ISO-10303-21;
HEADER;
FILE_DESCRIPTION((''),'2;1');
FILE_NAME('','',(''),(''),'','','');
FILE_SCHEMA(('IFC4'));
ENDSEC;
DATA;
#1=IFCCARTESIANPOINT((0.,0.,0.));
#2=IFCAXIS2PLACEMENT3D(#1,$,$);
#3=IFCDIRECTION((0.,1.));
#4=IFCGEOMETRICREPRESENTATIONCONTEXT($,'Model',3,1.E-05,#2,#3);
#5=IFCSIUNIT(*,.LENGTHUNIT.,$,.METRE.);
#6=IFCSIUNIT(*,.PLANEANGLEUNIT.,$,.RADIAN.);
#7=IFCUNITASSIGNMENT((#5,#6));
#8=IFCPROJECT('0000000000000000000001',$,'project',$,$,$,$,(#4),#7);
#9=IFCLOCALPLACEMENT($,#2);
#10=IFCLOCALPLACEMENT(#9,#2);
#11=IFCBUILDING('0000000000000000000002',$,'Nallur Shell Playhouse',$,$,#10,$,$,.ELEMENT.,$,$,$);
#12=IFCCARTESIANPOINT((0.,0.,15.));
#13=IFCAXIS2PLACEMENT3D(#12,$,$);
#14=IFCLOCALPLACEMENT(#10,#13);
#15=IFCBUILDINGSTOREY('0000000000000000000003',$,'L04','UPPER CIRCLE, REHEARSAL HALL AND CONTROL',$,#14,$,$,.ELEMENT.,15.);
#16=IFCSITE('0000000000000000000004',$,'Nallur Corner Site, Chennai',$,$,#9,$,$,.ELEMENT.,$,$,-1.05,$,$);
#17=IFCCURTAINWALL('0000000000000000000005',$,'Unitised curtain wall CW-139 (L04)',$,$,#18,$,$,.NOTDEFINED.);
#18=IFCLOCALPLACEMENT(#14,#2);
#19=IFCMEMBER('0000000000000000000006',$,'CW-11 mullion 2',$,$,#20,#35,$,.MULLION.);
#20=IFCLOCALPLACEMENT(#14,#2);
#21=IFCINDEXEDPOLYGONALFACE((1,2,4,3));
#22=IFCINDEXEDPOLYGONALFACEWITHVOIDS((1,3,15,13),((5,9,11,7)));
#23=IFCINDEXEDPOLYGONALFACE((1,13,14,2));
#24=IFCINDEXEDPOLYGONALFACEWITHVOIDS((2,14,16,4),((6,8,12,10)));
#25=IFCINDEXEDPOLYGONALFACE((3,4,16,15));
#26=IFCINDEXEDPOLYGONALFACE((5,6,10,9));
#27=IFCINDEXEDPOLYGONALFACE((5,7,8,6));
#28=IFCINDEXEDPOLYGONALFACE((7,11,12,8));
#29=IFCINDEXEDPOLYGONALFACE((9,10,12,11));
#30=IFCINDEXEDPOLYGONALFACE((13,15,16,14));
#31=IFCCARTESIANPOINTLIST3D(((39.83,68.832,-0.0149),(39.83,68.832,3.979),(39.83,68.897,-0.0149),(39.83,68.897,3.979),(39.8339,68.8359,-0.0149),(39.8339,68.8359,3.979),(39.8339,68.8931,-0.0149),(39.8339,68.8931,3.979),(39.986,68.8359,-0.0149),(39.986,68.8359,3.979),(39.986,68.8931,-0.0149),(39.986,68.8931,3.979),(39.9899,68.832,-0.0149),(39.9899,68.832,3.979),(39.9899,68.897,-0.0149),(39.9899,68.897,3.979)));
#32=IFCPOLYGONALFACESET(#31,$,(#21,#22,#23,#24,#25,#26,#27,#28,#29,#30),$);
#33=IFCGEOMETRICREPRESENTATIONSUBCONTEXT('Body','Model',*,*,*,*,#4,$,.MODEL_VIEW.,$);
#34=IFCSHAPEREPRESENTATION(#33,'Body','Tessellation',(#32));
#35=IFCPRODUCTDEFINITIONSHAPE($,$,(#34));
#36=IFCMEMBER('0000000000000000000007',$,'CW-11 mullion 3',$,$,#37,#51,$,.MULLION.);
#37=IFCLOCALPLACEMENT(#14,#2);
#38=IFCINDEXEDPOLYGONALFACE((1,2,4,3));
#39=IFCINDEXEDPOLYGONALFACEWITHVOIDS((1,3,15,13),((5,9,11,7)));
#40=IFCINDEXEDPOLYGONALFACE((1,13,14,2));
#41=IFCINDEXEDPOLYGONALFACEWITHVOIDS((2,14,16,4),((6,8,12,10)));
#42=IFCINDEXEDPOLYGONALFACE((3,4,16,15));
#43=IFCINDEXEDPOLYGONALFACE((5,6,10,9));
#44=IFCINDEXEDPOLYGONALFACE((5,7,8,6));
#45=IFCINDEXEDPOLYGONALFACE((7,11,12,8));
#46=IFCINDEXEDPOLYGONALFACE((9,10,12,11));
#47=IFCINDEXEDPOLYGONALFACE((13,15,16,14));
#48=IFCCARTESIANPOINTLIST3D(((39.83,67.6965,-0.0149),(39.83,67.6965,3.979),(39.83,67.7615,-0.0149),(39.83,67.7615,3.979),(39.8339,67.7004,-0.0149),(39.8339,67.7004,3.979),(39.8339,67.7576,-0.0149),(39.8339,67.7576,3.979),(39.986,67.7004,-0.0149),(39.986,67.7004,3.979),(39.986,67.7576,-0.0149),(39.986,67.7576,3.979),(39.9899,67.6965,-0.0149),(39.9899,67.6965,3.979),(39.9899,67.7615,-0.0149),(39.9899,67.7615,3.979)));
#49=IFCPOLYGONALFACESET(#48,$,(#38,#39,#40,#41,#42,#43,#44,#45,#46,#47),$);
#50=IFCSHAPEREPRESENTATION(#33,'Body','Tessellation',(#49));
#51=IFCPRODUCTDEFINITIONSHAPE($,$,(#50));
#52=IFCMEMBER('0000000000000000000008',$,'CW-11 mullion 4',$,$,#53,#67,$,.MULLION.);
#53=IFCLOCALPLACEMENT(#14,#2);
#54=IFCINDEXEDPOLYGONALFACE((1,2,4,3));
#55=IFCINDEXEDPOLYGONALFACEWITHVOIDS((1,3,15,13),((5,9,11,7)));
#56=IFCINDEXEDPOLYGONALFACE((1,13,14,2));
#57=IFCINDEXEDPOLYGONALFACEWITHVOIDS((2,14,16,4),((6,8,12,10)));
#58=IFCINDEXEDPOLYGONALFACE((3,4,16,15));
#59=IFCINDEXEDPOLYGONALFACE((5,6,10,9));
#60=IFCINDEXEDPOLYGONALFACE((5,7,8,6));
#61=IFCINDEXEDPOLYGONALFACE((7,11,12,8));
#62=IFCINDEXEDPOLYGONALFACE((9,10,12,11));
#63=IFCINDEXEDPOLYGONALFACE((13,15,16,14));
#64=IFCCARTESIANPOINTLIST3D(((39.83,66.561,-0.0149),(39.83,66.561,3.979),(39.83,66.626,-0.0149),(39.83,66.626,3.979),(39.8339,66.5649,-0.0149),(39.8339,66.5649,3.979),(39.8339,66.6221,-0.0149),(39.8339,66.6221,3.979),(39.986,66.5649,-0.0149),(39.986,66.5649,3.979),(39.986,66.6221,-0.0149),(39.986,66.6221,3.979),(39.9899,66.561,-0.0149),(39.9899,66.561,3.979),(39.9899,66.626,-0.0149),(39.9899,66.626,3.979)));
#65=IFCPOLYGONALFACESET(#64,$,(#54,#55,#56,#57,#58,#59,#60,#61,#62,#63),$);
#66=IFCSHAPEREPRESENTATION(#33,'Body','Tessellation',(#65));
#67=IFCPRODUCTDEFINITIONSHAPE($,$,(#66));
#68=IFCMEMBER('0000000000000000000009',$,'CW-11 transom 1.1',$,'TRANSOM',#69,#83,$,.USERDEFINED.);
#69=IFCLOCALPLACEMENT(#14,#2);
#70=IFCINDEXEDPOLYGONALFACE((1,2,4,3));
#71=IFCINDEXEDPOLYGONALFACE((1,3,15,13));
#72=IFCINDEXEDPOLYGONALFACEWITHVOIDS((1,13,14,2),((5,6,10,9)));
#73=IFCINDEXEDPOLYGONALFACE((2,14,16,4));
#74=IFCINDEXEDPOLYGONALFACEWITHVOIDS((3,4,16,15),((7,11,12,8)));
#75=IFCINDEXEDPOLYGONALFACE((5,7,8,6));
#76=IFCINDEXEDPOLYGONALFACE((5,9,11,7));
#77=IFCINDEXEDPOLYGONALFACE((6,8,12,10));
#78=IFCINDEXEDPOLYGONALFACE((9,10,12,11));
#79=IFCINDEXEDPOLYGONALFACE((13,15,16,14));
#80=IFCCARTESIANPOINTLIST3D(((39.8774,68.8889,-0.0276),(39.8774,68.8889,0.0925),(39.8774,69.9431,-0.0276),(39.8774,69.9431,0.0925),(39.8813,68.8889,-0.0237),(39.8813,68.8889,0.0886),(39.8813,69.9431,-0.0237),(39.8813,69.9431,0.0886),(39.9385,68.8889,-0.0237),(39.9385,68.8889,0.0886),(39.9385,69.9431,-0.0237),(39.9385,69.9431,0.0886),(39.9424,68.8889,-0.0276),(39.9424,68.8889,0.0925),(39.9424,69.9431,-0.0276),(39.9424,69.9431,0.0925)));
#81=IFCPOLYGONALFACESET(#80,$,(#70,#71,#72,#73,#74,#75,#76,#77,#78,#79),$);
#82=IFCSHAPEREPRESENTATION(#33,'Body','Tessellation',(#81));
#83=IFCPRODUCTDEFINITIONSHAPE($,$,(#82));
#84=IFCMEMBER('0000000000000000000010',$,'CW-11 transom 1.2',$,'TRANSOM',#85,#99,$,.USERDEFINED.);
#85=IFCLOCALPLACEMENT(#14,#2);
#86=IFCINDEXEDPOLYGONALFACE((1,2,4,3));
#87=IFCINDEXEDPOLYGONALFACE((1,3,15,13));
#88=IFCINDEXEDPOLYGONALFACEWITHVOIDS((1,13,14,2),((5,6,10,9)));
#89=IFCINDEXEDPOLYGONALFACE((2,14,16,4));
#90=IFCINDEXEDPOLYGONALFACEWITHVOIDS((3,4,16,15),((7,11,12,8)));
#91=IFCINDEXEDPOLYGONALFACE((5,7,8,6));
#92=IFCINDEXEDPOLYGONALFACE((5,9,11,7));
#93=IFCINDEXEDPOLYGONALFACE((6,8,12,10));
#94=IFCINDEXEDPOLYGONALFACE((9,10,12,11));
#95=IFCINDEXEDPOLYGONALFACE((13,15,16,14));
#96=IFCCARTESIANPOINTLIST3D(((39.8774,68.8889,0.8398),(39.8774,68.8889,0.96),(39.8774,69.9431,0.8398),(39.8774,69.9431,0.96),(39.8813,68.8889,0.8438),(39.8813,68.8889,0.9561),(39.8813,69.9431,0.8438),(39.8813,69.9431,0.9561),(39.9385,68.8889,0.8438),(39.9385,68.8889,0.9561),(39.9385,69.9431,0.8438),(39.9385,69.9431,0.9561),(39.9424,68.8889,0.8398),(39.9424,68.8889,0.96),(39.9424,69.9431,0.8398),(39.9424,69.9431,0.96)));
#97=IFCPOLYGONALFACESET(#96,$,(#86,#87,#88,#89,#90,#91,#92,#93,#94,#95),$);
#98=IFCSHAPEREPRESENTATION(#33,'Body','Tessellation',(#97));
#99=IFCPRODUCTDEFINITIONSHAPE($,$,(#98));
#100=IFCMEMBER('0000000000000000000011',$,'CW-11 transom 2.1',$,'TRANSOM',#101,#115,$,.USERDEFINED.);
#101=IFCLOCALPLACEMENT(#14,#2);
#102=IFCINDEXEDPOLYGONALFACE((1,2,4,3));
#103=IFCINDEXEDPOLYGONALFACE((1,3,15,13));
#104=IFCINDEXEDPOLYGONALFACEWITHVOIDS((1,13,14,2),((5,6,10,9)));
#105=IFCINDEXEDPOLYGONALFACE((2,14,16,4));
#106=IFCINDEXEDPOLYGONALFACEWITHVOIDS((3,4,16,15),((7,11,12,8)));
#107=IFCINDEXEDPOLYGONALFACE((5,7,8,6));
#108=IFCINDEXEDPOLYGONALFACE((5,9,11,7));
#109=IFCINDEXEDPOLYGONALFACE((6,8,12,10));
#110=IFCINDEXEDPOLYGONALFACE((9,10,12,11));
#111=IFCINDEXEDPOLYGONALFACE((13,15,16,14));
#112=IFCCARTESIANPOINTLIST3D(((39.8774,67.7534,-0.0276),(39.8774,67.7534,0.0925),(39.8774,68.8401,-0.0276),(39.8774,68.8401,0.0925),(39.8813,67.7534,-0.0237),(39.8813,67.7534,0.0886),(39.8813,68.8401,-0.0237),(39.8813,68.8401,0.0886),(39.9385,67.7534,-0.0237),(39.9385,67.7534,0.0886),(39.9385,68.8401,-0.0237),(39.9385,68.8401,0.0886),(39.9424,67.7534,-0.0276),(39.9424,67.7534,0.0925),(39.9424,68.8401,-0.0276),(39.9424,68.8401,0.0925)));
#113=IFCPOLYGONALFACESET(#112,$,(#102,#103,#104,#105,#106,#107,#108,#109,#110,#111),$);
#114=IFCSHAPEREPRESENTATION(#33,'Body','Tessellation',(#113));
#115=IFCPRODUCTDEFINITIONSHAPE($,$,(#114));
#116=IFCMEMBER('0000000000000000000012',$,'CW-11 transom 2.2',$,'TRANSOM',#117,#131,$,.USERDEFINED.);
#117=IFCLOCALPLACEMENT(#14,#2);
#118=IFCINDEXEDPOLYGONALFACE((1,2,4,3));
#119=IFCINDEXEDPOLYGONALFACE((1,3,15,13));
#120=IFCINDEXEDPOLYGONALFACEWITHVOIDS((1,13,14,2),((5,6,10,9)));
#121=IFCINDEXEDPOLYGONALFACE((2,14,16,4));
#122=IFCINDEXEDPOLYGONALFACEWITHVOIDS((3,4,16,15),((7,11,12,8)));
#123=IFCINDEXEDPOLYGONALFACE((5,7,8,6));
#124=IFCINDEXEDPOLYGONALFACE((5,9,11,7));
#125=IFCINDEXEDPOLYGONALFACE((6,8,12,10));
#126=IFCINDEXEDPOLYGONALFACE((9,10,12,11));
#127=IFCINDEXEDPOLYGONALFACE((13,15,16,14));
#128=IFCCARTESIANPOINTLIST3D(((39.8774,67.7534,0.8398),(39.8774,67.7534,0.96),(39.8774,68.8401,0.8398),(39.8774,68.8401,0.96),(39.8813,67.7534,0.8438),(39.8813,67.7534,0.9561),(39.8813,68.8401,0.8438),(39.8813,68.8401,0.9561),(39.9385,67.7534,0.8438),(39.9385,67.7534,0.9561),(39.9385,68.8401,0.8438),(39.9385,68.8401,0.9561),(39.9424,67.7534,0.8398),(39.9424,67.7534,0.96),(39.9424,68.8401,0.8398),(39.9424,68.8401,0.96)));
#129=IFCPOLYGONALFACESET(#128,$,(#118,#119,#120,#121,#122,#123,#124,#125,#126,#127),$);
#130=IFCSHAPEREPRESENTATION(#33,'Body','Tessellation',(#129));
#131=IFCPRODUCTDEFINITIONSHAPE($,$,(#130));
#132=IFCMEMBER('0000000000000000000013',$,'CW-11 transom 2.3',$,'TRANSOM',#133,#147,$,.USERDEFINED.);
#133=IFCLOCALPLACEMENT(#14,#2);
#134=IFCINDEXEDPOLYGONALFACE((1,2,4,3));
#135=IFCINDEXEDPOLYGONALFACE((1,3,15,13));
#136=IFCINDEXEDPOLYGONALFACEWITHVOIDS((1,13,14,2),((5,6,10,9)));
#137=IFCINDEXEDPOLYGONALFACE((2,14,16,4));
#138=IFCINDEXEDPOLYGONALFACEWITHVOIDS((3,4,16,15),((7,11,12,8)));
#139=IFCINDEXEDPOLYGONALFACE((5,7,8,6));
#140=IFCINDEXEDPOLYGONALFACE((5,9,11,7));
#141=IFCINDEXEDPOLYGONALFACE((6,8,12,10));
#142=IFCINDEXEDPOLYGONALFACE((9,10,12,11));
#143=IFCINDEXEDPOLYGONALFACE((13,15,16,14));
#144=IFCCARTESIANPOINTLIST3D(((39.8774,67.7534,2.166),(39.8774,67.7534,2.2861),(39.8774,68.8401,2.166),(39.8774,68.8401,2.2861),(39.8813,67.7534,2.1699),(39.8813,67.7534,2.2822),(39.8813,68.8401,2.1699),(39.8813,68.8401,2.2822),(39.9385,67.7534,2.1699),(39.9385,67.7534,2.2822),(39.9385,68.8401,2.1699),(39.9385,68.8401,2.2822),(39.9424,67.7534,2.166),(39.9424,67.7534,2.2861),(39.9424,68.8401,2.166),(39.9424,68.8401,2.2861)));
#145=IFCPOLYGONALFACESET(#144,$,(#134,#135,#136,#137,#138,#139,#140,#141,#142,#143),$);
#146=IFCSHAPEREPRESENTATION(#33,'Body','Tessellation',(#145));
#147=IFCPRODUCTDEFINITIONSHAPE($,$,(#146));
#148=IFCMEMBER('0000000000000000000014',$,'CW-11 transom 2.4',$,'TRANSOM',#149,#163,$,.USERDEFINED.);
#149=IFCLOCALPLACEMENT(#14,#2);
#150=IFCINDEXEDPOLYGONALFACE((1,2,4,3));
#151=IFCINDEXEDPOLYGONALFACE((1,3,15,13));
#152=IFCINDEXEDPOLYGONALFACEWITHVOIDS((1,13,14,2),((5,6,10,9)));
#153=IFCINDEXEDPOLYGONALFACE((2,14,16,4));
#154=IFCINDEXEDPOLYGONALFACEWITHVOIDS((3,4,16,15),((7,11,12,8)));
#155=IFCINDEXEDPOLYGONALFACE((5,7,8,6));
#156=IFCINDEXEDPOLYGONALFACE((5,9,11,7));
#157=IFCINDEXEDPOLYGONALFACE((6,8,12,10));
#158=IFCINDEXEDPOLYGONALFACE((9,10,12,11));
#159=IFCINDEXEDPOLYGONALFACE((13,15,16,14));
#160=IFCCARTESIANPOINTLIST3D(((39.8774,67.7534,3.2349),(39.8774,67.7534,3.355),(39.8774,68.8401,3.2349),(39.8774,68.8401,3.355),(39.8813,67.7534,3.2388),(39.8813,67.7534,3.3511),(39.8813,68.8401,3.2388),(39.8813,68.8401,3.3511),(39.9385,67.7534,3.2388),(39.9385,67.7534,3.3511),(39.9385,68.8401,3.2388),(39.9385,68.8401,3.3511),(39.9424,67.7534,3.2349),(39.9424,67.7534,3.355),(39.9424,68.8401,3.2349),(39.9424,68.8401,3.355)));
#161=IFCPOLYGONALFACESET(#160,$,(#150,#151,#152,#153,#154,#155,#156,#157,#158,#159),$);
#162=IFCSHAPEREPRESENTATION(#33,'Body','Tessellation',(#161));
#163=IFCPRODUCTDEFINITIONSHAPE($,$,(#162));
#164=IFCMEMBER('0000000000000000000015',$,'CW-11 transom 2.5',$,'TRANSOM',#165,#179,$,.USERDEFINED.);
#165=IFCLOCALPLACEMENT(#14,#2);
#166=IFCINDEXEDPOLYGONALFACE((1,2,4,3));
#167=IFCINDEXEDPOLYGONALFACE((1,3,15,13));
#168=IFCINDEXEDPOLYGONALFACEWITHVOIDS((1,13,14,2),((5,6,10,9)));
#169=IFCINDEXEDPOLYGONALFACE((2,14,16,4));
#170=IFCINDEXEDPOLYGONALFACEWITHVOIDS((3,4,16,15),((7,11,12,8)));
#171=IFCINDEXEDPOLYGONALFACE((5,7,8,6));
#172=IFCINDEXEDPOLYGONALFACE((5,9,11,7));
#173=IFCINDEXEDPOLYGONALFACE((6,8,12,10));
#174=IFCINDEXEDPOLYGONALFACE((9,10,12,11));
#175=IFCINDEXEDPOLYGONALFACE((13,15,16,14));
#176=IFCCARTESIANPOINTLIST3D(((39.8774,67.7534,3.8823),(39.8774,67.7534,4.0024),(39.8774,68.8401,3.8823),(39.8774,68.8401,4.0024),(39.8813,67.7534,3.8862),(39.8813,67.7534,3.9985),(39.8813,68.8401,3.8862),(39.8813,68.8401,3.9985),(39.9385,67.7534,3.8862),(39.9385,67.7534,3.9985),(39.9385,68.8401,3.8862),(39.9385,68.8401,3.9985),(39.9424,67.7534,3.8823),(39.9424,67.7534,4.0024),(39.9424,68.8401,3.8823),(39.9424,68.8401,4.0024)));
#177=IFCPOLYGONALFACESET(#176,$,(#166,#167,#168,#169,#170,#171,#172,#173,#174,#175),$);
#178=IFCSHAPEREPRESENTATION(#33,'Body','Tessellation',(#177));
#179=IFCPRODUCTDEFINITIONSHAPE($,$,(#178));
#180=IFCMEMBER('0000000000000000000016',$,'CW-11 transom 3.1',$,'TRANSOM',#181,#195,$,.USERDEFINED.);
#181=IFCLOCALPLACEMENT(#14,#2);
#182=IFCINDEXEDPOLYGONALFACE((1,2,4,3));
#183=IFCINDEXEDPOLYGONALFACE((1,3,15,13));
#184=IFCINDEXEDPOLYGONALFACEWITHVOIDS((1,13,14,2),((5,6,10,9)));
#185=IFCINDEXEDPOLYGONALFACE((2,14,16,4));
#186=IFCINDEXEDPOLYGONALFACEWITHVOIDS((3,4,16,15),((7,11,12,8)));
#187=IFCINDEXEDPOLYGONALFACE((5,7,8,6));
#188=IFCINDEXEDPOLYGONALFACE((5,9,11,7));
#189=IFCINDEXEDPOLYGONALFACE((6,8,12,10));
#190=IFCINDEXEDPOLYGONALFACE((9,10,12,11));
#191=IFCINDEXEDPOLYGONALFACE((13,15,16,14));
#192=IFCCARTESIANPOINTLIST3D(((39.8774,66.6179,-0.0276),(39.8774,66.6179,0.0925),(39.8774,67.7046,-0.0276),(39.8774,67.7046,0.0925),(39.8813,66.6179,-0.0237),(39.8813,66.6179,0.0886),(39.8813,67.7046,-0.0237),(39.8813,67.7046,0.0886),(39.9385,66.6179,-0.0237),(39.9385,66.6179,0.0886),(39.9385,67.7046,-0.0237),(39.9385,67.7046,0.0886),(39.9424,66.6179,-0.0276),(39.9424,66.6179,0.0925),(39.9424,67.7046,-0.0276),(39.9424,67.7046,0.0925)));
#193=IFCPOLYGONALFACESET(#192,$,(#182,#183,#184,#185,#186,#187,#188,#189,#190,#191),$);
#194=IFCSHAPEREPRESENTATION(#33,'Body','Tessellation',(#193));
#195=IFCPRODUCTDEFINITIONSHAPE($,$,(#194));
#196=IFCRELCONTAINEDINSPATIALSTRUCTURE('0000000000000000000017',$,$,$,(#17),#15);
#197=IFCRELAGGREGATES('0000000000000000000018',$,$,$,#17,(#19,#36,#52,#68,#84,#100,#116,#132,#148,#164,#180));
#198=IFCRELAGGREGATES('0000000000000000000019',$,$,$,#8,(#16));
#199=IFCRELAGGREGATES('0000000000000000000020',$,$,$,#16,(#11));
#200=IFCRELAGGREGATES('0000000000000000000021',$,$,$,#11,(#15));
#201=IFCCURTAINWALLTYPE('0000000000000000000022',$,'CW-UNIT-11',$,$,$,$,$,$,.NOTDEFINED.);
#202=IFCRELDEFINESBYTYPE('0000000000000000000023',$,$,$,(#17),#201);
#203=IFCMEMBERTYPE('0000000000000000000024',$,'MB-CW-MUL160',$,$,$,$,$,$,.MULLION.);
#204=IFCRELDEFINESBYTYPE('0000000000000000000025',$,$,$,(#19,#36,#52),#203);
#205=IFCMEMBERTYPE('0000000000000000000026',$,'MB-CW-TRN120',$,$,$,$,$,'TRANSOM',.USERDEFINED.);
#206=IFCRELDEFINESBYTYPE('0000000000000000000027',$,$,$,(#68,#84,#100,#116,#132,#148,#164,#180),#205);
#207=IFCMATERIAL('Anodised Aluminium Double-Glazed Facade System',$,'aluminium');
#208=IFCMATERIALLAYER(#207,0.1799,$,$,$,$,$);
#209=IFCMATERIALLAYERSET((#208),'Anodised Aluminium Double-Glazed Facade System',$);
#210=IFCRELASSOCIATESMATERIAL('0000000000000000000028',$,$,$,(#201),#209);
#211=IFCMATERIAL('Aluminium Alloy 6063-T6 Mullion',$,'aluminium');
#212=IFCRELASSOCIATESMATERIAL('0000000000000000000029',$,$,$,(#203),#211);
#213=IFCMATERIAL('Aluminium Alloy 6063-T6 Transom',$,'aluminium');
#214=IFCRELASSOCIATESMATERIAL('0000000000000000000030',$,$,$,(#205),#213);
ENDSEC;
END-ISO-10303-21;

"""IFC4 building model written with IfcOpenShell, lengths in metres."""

from ifc_helpers import new_model, si_unit, direction, frame, origin, origin_2d, place, context, subcontext, project, spatial, hollow_rectangle, extrude, material, layer, layer_set, material_profile, profile_set, type_object, element, aggregate, save


model = new_model("IFC4")

# Units and contexts
model_context = context("Model", 3, precision=1e-05, world=origin(), true_north=direction((0.0, 1.0)))
body_context = subcontext(model_context, "Body", "Model", "MODEL_VIEW")
ifc_project = project(units=[si_unit("LENGTHUNIT", "METRE"), si_unit("PLANEANGLEUNIT", "RADIAN")], contexts=[model_context])

# Site, building, storey
site_placement = place(None, origin())
site = spatial("IfcSite", under=ifc_project, at=site_placement, Name="Nallur Corner Site, Chennai", CompositionType="ELEMENT", RefElevation=-1.05)
building_placement = place(site_placement, origin())
building = spatial("IfcBuilding", under=site, at=building_placement, Name="Nallur Shell Playhouse", CompositionType="ELEMENT")
storey_placement = place(building_placement, frame((0.0, 0.0, 15.0)))
storey = spatial("IfcBuildingStorey", under=building, at=storey_placement, Name="L04", Description="UPPER CIRCLE, REHEARSAL HALL AND CONTROL", CompositionType="ELEMENT", Elevation=15.0)

# Curtain wall, members
ifc_material_1 = material(Name="Anodised Aluminium Double-Glazed Facade System", Category="aluminium")
ifc_layer_1 = layer(ifc_material_1, 0.1799)
ifc_layer_set_1 = layer_set([ifc_layer_1], Name="Anodised Aluminium Double-Glazed Facade System")
curtain_wall_type = type_object("IfcCurtainWallType", Name="CW-UNIT-11", PredefinedType="NOTDEFINED", material=ifc_layer_set_1)
curtain_wall_placement = place(storey_placement, origin())
curtain_wall = element("IfcCurtainWall", 1, at=curtain_wall_placement, inside=storey, type_object=curtain_wall_type, Name="Unitised curtain wall CW-139 (L04)", PredefinedType="NOTDEFINED")
ifc_material_2 = material(Name="Aluminium Alloy 6063-T6 Mullion", Category="aluminium")
ifc_material_profile_1 = material_profile(ifc_material_2, hollow_rectangle(XDim=0.0649, YDim=0.1599, WallThickness=0.0039, at=origin_2d()), Name="ALU 65x160x4")
ifc_profile_set_1 = profile_set([ifc_material_profile_1], Name="Aluminium Alloy 6063-T6 Mullion")
member_type_1 = type_object("IfcMemberType", Name="MB-CW-MUL160", PredefinedType="MULLION", material=ifc_profile_set_1)
member_1_placement = place(storey_placement, frame((39.9099, 68.8645, -0.0149), z_axis=(0.0, 0.0, 1.0), x_axis=(0.0, -1.0, 0.0)))
member_1 = element("IfcMember", 2, at=member_1_placement, type_object=member_type_1, Name="CW-11 mullion 2", PredefinedType="MULLION", context=body_context, shape_type="SweptSolid", body=[
    extrude(hollow_rectangle(XDim=0.0649, YDim=0.1599, WallThickness=0.0039, at=origin_2d()), origin(), (0.0, 0.0, 1.0), 3.9939),
])
member_2_placement = place(storey_placement, frame((39.9099, 67.729, -0.0149), z_axis=(0.0, 0.0, 1.0), x_axis=(0.0, -1.0, 0.0)))
member_2 = element("IfcMember", 3, at=member_2_placement, type_object=member_type_1, Name="CW-11 mullion 3", PredefinedType="MULLION", context=body_context, shape_type="SweptSolid", body=[
    extrude(hollow_rectangle(XDim=0.0649, YDim=0.1599, WallThickness=0.0039, at=origin_2d()), origin(), (0.0, 0.0, 1.0), 3.9939),
])
member_3_placement = place(storey_placement, frame((39.9099, 66.5935, -0.0149), z_axis=(0.0, 0.0, 1.0), x_axis=(0.0, -1.0, 0.0)))
member_3 = element("IfcMember", 4, at=member_3_placement, type_object=member_type_1, Name="CW-11 mullion 4", PredefinedType="MULLION", context=body_context, shape_type="SweptSolid", body=[
    extrude(hollow_rectangle(XDim=0.0649, YDim=0.1599, WallThickness=0.0039, at=origin_2d()), origin(), (0.0, 0.0, 1.0), 3.9939),
])
ifc_material_3 = material(Name="Aluminium Alloy 6063-T6 Transom", Category="aluminium")
ifc_material_profile_2 = material_profile(ifc_material_3, hollow_rectangle(XDim=0.0649, YDim=0.1201, WallThickness=0.0039, at=origin_2d()), Name="ALU 65x120x4")
ifc_profile_set_2 = profile_set([ifc_material_profile_2], Name="Aluminium Alloy 6063-T6 Transom")
member_type_2 = type_object("IfcMemberType", Name="MB-CW-TRN120", ElementType="TRANSOM", PredefinedType="USERDEFINED", material=ifc_profile_set_2)
member_4_placement = place(storey_placement, frame((39.9099, 69.9431, 0.0325), z_axis=(0.0, -1.0, 0.0), x_axis=(1.0, 0.0, 0.0)))
member_4 = element("IfcMember", 5, at=member_4_placement, type_object=member_type_2, Name="CW-11 transom 1.1", ObjectType="TRANSOM", PredefinedType="USERDEFINED", context=body_context, shape_type="SweptSolid", body=[
    extrude(hollow_rectangle(XDim=0.0649, YDim=0.1201, WallThickness=0.0039, at=origin_2d()), origin(), (0.0, 0.0, 1.0), 1.0542),
])
member_5_placement = place(storey_placement, frame((39.9099, 69.9431, 0.8999), z_axis=(0.0, -1.0, 0.0), x_axis=(1.0, 0.0, 0.0)))
member_5 = element("IfcMember", 6, at=member_5_placement, type_object=member_type_2, Name="CW-11 transom 1.2", ObjectType="TRANSOM", PredefinedType="USERDEFINED", context=body_context, shape_type="SweptSolid", body=[
    extrude(hollow_rectangle(XDim=0.0649, YDim=0.1201, WallThickness=0.0039, at=origin_2d()), origin(), (0.0, 0.0, 1.0), 1.0542),
])
member_6_placement = place(storey_placement, frame((39.9099, 68.8401, 0.0325), z_axis=(0.0, -1.0, 0.0), x_axis=(1.0, 0.0, 0.0)))
member_6 = element("IfcMember", 7, at=member_6_placement, type_object=member_type_2, Name="CW-11 transom 2.1", ObjectType="TRANSOM", PredefinedType="USERDEFINED", context=body_context, shape_type="SweptSolid", body=[
    extrude(hollow_rectangle(XDim=0.0649, YDim=0.1201, WallThickness=0.0039, at=origin_2d()), origin(), (0.0, 0.0, 1.0), 1.0867),
])
member_7_placement = place(storey_placement, frame((39.9099, 68.8401, 0.8999), z_axis=(0.0, -1.0, 0.0), x_axis=(1.0, 0.0, 0.0)))
member_7 = element("IfcMember", 8, at=member_7_placement, type_object=member_type_2, Name="CW-11 transom 2.2", ObjectType="TRANSOM", PredefinedType="USERDEFINED", context=body_context, shape_type="SweptSolid", body=[
    extrude(hollow_rectangle(XDim=0.0649, YDim=0.1201, WallThickness=0.0039, at=origin_2d()), origin(), (0.0, 0.0, 1.0), 1.0867),
])
member_8_placement = place(storey_placement, frame((39.9099, 68.8401, 2.2261), z_axis=(0.0, -1.0, 0.0), x_axis=(1.0, 0.0, 0.0)))
member_8 = element("IfcMember", 9, at=member_8_placement, type_object=member_type_2, Name="CW-11 transom 2.3", ObjectType="TRANSOM", PredefinedType="USERDEFINED", context=body_context, shape_type="SweptSolid", body=[
    extrude(hollow_rectangle(XDim=0.0649, YDim=0.1201, WallThickness=0.0039, at=origin_2d()), origin(), (0.0, 0.0, 1.0), 1.0867),
])
member_9_placement = place(storey_placement, frame((39.9099, 68.8401, 3.2949), z_axis=(0.0, -1.0, 0.0), x_axis=(1.0, 0.0, 0.0)))
member_9 = element("IfcMember", 10, at=member_9_placement, type_object=member_type_2, Name="CW-11 transom 2.4", ObjectType="TRANSOM", PredefinedType="USERDEFINED", context=body_context, shape_type="SweptSolid", body=[
    extrude(hollow_rectangle(XDim=0.0649, YDim=0.1201, WallThickness=0.0039, at=origin_2d()), origin(), (0.0, 0.0, 1.0), 1.0867),
])
member_10_placement = place(storey_placement, frame((39.9099, 68.8401, 3.9424), z_axis=(0.0, -1.0, 0.0), x_axis=(1.0, 0.0, 0.0)))
member_10 = element("IfcMember", 11, at=member_10_placement, type_object=member_type_2, Name="CW-11 transom 2.5", ObjectType="TRANSOM", PredefinedType="USERDEFINED", context=body_context, shape_type="SweptSolid", body=[
    extrude(hollow_rectangle(XDim=0.0649, YDim=0.1201, WallThickness=0.0039, at=origin_2d()), origin(), (0.0, 0.0, 1.0), 1.0867),
])
member_11_placement = place(storey_placement, frame((39.9099, 67.7046, 0.0325), z_axis=(0.0, -1.0, 0.0), x_axis=(1.0, 0.0, 0.0)))
member_11 = element("IfcMember", 12, at=member_11_placement, type_object=member_type_2, Name="CW-11 transom 3.1", ObjectType="TRANSOM", PredefinedType="USERDEFINED", context=body_context, shape_type="SweptSolid", body=[
    extrude(hollow_rectangle(XDim=0.0649, YDim=0.1201, WallThickness=0.0039, at=origin_2d()), origin(), (0.0, 0.0, 1.0), 1.0867),
])
aggregate(curtain_wall, [member_1, member_2, member_3, member_4, member_5, member_6, member_7, member_8, member_9, member_10, member_11])

save(model, "model.ifc")
